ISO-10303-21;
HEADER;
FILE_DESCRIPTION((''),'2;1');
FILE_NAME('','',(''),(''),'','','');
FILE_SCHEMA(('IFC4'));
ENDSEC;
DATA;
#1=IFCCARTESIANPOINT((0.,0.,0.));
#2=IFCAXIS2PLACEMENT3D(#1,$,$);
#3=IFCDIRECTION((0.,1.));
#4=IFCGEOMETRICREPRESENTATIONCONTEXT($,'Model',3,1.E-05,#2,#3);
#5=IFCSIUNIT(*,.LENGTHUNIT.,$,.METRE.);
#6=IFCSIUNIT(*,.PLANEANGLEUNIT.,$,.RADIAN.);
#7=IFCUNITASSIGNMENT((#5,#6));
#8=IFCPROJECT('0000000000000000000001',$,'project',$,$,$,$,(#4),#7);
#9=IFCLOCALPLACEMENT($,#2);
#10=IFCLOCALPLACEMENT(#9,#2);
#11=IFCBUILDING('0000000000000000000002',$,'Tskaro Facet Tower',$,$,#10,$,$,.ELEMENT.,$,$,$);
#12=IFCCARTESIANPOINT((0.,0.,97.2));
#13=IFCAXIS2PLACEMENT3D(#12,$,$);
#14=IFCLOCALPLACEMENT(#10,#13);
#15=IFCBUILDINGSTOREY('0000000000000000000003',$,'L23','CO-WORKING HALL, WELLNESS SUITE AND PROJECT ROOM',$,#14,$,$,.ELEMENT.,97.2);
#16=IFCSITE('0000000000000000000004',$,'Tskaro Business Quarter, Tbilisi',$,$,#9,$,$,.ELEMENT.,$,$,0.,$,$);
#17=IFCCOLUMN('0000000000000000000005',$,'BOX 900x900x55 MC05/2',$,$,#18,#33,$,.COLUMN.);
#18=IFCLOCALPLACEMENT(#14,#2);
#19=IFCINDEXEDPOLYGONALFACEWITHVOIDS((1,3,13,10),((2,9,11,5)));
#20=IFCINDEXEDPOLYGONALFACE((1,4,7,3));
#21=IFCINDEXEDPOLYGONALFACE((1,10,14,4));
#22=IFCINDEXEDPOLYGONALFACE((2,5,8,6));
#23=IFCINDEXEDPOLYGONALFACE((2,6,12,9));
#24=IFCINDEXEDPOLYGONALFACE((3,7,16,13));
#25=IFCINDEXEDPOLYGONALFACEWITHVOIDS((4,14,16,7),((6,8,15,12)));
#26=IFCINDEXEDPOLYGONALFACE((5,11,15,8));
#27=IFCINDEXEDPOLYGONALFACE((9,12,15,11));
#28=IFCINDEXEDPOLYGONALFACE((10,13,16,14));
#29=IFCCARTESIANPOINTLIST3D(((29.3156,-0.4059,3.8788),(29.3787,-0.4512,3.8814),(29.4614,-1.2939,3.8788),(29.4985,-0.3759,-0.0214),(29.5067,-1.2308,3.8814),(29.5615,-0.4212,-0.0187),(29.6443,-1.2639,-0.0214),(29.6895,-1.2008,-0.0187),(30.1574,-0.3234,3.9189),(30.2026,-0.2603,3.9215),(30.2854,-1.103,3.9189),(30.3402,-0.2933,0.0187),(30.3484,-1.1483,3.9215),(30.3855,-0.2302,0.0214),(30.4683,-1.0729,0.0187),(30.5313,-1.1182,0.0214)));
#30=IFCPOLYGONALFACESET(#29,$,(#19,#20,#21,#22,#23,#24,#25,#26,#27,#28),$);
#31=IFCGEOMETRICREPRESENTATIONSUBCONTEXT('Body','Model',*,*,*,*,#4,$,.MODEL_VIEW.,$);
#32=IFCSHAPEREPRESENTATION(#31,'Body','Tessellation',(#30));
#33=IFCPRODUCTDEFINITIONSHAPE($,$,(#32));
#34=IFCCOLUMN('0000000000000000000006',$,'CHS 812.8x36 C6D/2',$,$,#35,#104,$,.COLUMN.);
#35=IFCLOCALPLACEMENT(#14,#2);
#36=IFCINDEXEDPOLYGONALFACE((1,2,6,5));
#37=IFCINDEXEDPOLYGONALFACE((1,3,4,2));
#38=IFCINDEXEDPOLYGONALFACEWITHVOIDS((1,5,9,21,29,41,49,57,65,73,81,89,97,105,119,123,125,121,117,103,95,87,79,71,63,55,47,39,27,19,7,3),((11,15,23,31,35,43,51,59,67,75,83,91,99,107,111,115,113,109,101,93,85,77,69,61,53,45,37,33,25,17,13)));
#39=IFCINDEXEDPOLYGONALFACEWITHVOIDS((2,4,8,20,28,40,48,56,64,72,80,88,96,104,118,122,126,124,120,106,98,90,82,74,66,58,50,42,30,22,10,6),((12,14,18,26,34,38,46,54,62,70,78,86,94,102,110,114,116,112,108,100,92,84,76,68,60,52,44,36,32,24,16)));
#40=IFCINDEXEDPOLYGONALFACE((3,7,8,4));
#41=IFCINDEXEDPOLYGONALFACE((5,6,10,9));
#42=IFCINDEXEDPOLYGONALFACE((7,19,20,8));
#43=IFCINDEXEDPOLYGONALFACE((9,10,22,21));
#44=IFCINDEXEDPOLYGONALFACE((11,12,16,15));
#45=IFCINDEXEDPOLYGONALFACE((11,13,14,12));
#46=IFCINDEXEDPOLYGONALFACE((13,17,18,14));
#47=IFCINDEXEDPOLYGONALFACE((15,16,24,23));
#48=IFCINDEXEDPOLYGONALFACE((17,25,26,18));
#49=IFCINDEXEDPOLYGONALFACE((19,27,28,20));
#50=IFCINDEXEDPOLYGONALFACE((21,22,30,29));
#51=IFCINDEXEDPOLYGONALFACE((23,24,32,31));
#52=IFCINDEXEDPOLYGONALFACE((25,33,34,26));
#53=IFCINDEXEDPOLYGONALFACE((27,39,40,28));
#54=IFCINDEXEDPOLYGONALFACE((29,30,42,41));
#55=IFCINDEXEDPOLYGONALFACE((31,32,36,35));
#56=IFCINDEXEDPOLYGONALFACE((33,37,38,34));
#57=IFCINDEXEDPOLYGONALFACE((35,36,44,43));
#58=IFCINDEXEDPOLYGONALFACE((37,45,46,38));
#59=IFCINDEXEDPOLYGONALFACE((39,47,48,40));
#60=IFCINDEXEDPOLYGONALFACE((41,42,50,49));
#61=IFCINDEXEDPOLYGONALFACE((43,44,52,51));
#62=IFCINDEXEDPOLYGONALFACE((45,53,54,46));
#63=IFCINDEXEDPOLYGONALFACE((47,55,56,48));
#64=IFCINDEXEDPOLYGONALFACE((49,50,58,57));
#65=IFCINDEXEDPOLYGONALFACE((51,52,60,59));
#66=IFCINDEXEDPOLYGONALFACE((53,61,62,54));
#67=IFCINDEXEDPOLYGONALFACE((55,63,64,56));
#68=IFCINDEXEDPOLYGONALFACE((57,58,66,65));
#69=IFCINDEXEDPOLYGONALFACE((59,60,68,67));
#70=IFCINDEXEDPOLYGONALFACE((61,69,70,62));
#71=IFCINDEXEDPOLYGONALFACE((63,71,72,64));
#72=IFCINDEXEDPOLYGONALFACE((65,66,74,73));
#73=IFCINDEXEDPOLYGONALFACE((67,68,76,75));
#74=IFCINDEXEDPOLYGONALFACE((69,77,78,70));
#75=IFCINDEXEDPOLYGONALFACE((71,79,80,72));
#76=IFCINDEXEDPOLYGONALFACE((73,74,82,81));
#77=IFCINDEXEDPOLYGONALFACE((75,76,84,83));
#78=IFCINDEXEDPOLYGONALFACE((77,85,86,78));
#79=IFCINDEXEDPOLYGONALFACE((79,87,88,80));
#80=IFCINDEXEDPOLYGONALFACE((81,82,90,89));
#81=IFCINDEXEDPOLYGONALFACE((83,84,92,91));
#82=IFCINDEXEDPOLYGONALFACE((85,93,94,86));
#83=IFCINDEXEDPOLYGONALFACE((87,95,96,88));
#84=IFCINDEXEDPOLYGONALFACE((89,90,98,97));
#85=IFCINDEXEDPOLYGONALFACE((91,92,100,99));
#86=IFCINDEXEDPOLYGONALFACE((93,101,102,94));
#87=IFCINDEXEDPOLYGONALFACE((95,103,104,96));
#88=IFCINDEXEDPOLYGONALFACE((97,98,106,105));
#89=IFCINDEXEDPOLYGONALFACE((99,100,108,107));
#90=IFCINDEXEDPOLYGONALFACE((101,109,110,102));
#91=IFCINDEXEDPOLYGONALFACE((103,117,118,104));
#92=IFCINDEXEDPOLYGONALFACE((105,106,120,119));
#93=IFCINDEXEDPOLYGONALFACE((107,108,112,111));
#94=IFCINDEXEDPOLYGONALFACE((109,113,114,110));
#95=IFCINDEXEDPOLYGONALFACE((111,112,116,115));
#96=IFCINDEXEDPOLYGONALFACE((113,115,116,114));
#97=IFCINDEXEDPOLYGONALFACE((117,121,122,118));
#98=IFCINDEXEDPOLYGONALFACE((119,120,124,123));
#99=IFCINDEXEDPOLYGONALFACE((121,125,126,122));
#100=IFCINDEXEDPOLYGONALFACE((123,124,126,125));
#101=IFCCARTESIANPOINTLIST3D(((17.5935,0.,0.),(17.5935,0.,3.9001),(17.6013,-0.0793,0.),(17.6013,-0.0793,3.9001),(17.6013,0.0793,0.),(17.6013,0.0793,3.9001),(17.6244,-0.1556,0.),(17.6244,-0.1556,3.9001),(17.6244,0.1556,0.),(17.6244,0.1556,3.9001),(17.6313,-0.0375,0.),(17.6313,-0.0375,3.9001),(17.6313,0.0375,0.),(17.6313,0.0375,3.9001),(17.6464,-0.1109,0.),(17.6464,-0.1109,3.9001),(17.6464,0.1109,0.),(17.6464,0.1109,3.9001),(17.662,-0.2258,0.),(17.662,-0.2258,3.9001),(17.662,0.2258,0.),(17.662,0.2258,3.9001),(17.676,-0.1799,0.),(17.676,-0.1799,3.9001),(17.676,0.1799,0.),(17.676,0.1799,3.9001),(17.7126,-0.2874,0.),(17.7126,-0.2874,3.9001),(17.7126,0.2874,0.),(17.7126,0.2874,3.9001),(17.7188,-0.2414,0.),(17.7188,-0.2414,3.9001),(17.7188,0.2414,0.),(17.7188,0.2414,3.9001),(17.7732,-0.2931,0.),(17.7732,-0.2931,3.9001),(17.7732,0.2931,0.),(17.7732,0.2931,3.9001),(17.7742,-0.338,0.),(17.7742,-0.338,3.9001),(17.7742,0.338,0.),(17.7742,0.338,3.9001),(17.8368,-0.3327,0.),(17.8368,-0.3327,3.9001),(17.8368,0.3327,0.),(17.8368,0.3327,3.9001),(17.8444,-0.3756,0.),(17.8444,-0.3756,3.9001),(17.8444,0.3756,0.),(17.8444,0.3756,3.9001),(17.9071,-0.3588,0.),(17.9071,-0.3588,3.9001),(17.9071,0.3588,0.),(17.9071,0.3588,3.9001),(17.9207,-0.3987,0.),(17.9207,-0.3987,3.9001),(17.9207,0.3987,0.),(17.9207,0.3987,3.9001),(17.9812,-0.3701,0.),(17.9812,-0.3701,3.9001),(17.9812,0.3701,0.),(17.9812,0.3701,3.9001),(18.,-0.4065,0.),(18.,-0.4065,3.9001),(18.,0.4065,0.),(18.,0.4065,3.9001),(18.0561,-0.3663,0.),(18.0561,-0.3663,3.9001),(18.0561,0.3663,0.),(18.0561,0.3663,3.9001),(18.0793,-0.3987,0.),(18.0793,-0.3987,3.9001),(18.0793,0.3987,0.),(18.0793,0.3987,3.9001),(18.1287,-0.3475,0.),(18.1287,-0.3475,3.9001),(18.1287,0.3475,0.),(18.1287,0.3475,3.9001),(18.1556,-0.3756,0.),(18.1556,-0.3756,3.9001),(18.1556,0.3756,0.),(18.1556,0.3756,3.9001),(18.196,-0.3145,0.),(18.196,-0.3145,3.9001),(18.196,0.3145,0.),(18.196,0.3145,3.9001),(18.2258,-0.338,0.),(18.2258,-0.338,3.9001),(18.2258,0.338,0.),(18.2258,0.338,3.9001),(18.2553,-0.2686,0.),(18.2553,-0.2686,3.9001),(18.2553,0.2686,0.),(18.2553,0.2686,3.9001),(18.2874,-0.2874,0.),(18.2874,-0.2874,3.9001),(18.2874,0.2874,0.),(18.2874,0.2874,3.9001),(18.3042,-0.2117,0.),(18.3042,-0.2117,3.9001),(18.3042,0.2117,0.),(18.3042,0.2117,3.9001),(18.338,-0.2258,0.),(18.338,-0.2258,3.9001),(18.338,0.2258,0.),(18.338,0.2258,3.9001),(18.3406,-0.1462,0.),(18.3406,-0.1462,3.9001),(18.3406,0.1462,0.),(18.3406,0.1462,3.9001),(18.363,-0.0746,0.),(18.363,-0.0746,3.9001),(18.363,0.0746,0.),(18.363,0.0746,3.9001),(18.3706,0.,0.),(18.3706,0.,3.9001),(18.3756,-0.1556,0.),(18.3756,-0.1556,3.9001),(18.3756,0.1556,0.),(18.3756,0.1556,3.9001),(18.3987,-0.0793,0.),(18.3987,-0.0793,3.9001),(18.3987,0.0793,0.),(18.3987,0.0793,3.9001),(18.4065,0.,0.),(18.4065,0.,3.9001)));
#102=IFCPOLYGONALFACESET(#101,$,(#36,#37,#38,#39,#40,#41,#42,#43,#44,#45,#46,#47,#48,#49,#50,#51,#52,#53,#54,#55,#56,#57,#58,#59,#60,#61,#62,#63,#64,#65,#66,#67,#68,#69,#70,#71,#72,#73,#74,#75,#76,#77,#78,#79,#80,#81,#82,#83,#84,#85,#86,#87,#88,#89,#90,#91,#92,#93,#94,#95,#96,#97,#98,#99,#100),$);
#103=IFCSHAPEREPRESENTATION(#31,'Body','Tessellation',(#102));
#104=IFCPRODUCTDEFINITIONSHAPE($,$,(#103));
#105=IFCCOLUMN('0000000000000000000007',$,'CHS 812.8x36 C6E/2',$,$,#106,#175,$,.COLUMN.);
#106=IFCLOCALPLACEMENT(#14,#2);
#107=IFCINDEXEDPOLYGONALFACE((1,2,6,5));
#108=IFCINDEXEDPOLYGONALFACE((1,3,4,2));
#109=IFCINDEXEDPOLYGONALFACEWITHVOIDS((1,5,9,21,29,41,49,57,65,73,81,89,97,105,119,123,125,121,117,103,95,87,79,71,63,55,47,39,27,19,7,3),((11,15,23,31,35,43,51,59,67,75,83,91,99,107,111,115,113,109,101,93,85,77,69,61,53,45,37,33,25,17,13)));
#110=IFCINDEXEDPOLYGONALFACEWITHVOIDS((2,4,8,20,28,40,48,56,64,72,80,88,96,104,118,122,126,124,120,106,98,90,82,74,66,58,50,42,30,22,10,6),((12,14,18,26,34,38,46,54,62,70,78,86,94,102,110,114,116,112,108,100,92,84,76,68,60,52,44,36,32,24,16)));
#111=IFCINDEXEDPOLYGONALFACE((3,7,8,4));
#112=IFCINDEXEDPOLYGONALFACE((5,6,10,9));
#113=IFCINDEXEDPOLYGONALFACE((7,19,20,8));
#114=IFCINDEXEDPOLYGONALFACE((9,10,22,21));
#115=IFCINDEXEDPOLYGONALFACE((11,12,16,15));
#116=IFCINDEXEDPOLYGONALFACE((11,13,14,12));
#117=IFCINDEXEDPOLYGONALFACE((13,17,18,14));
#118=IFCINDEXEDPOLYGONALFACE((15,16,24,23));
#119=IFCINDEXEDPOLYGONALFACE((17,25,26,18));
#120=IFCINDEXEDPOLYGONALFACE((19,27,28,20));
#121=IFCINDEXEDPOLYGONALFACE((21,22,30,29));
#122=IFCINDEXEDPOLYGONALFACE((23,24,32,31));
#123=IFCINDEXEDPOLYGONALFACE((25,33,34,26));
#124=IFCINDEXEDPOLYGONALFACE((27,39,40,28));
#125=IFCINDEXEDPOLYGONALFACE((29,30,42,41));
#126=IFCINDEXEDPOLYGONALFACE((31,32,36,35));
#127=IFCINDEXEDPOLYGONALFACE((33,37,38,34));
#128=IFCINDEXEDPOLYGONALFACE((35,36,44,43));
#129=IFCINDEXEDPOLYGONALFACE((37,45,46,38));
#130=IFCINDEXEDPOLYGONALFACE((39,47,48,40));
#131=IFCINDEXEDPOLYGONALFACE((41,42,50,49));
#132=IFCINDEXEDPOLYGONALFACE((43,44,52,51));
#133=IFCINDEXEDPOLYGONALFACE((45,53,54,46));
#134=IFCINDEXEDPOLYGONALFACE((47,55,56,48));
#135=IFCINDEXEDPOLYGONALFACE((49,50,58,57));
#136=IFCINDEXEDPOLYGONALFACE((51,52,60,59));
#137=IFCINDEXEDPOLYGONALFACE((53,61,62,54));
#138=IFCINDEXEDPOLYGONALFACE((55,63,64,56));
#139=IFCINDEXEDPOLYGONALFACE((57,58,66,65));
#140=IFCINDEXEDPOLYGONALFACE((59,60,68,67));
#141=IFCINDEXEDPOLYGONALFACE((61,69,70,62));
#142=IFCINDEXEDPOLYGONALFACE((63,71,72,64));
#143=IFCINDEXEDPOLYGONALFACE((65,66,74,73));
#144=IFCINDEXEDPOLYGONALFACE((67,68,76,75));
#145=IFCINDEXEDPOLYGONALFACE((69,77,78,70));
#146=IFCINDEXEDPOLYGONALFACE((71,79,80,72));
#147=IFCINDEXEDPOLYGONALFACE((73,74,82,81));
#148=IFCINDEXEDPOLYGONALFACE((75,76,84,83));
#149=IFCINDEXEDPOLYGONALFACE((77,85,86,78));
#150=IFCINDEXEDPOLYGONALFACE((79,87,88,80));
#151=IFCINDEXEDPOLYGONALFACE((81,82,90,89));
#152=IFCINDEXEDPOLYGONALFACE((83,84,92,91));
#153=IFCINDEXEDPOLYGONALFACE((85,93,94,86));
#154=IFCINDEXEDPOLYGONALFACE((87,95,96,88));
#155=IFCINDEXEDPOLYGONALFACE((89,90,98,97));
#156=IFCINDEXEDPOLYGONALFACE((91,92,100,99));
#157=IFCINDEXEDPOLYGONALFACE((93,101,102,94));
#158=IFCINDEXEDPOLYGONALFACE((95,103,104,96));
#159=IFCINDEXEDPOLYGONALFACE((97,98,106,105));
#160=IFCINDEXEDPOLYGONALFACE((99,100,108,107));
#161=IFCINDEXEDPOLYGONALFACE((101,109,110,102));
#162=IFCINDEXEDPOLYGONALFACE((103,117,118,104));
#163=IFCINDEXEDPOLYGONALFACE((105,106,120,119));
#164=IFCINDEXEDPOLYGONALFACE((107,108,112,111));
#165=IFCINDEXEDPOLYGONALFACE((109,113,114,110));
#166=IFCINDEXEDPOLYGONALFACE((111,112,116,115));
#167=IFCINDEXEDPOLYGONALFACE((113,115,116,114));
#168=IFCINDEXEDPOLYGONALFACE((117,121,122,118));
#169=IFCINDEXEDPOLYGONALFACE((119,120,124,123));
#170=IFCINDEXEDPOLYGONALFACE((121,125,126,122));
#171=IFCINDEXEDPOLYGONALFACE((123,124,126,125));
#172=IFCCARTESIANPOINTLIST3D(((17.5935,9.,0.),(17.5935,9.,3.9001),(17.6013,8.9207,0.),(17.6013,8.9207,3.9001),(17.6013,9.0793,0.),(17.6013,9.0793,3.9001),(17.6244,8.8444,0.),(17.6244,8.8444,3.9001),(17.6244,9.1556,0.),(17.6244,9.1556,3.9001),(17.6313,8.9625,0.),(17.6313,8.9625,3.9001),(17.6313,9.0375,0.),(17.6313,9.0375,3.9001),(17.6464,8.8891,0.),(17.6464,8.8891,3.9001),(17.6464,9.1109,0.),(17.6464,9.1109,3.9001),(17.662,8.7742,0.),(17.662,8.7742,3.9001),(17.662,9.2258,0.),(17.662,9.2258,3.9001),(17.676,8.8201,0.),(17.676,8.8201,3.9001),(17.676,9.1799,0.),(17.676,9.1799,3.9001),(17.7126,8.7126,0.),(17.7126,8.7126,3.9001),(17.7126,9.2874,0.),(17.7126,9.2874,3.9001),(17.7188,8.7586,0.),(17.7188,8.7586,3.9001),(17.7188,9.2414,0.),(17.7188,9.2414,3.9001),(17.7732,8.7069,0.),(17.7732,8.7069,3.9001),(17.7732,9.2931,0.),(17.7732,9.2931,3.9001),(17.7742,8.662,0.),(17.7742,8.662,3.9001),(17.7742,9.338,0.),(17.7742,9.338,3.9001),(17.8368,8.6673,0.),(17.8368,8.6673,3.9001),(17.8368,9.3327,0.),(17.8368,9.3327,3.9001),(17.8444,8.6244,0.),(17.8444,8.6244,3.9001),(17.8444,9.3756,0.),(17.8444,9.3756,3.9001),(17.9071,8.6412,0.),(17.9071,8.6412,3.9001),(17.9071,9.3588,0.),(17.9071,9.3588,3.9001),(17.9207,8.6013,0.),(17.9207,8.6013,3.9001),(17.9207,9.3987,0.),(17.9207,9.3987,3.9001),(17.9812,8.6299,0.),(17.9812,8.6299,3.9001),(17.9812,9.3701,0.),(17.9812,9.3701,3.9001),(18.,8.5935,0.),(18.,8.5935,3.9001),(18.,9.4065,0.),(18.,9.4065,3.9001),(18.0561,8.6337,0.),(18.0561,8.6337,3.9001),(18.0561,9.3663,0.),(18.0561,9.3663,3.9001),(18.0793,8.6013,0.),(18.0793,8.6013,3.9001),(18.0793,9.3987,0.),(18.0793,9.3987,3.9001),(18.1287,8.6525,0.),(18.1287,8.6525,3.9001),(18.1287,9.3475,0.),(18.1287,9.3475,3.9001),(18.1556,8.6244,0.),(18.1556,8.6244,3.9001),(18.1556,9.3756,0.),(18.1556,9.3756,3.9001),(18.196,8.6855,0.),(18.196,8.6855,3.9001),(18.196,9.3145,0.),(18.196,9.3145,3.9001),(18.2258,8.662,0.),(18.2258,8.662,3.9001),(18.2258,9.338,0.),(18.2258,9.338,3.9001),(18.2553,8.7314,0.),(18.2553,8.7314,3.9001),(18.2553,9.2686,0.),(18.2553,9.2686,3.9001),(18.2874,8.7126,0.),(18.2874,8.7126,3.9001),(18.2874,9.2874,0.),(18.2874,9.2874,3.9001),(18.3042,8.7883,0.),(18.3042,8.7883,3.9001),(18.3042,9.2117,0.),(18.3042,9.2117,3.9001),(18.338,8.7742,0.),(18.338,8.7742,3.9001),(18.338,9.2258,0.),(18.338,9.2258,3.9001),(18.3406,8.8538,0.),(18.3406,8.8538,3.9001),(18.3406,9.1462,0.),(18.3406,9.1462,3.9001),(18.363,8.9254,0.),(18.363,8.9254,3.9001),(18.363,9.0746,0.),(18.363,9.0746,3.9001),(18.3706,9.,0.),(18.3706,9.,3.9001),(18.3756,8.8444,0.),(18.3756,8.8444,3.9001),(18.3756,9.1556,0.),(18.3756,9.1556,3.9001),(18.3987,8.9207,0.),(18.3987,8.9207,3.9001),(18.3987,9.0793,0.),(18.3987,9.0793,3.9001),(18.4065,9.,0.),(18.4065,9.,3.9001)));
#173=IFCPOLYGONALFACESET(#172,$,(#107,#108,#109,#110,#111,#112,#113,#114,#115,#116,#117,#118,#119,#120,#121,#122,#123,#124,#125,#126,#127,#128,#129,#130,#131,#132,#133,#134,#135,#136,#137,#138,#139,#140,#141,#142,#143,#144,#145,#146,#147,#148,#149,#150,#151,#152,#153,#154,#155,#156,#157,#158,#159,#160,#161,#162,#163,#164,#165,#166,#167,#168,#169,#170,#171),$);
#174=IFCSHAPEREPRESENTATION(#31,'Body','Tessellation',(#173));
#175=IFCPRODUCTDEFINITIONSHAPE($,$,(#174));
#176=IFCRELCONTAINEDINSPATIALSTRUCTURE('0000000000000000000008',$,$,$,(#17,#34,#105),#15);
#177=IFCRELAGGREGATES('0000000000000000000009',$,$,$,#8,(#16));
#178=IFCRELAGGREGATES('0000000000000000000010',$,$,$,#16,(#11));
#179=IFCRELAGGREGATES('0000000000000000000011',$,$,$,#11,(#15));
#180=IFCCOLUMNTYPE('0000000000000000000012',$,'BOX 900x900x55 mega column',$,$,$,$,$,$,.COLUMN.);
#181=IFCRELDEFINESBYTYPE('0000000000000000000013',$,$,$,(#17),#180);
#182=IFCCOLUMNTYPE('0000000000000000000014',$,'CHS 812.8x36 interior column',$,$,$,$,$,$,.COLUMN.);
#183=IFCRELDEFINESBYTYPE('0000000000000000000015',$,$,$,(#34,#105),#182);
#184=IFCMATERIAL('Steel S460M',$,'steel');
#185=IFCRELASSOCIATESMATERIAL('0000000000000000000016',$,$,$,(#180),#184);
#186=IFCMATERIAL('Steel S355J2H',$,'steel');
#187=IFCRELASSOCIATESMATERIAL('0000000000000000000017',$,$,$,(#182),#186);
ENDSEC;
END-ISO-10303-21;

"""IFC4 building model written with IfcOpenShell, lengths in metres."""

from ifc_helpers import new_model, si_unit, direction, frame, origin, origin_2d, place, context, subcontext, project, spatial, hollow_rectangle, hollow_circle, extrude, material, material_profile, profile_set, type_object, element, save


model = new_model("IFC4")

# Units and contexts
model_context = context("Model", 3, precision=1e-05, world=origin(), true_north=direction((0.0, 1.0)))
body_context = subcontext(model_context, "Body", "Model", "MODEL_VIEW")
ifc_project = project(units=[si_unit("LENGTHUNIT", "METRE"), si_unit("PLANEANGLEUNIT", "RADIAN")], contexts=[model_context])

# Site, building, storey
site_placement = place(None, origin())
site = spatial("IfcSite", under=ifc_project, at=site_placement, Name="Tskaro Business Quarter, Tbilisi", CompositionType="ELEMENT", RefElevation=0.0)
building_placement = place(site_placement, origin())
building = spatial("IfcBuilding", under=site, at=building_placement, Name="Tskaro Facet Tower", CompositionType="ELEMENT")
storey_placement = place(building_placement, frame((0.0, 0.0, 97.2)))
storey = spatial("IfcBuildingStorey", under=building, at=storey_placement, Name="L23", Description="CO-WORKING HALL, WELLNESS SUITE AND PROJECT ROOM", CompositionType="ELEMENT", Elevation=97.2)

# Columns
ifc_material_1 = material(Name="Steel S460M", Category="steel")
ifc_material_profile_1 = material_profile(ifc_material_1, hollow_rectangle(XDim=0.8999, YDim=0.8999, WallThickness=0.0549, at=origin_2d()), Name="BOX 900x900x55")
ifc_profile_set_1 = profile_set([ifc_material_profile_1], Name="Steel S460M")
column_type_1 = type_object("IfcColumnType", Name="BOX 900x900x55 mega column", PredefinedType="COLUMN", material=ifc_profile_set_1)
column_placement = place(storey_placement, frame((30.0149, -0.7471, 0.0), z_axis=(-0.046833, -0.007691, 0.998873), x_axis=(0.162048, -0.986783, 0.0)))
element("IfcColumn", 1, at=column_placement, inside=storey, type_object=column_type_1, Name="BOX 900x900x55 MC05/2", PredefinedType="COLUMN", context=body_context, shape_type="SweptSolid", body=[
    extrude(hollow_rectangle(XDim=0.8999, YDim=0.8999, WallThickness=0.0549, at=origin_2d()), origin(), (0.0, 0.0, 1.0), 3.9045),
])
ifc_material_2 = material(Name="Steel S355J2H", Category="steel")
ifc_material_profile_2 = material_profile(ifc_material_2, hollow_circle(Radius=0.4065, WallThickness=0.0359, at=origin_2d()), Name="CHS 812.8x36")
ifc_profile_set_2 = profile_set([ifc_material_profile_2], Name="Steel S355J2H")
column_type_2 = type_object("IfcColumnType", Name="CHS 812.8x36 interior column", PredefinedType="COLUMN", material=ifc_profile_set_2)
for number, where, z_axis, x_axis, name in (
    (2, (18.0, 0.0, 0.0), (0.0, 0.0, 1.0), (1.0, 0.0, 0.0), "CHS 812.8x36 C6D/2"),
    (3, (18.0, 9.0, 0.0), (0.0, 0.0, 1.0), (1.0, 0.0, 0.0), "CHS 812.8x36 C6E/2"),
):
    element("IfcColumn", number, at=place(storey_placement, frame(where, z_axis=z_axis, x_axis=x_axis)), inside=storey, type_object=column_type_2, Name=name, PredefinedType="COLUMN", context=body_context, shape_type="SweptSolid", body=[
        extrude(hollow_circle(Radius=0.4065, WallThickness=0.0359, at=origin_2d()), origin(), (0.0, 0.0, 1.0), 3.9001),
    ])

save(model, "model.ifc")
